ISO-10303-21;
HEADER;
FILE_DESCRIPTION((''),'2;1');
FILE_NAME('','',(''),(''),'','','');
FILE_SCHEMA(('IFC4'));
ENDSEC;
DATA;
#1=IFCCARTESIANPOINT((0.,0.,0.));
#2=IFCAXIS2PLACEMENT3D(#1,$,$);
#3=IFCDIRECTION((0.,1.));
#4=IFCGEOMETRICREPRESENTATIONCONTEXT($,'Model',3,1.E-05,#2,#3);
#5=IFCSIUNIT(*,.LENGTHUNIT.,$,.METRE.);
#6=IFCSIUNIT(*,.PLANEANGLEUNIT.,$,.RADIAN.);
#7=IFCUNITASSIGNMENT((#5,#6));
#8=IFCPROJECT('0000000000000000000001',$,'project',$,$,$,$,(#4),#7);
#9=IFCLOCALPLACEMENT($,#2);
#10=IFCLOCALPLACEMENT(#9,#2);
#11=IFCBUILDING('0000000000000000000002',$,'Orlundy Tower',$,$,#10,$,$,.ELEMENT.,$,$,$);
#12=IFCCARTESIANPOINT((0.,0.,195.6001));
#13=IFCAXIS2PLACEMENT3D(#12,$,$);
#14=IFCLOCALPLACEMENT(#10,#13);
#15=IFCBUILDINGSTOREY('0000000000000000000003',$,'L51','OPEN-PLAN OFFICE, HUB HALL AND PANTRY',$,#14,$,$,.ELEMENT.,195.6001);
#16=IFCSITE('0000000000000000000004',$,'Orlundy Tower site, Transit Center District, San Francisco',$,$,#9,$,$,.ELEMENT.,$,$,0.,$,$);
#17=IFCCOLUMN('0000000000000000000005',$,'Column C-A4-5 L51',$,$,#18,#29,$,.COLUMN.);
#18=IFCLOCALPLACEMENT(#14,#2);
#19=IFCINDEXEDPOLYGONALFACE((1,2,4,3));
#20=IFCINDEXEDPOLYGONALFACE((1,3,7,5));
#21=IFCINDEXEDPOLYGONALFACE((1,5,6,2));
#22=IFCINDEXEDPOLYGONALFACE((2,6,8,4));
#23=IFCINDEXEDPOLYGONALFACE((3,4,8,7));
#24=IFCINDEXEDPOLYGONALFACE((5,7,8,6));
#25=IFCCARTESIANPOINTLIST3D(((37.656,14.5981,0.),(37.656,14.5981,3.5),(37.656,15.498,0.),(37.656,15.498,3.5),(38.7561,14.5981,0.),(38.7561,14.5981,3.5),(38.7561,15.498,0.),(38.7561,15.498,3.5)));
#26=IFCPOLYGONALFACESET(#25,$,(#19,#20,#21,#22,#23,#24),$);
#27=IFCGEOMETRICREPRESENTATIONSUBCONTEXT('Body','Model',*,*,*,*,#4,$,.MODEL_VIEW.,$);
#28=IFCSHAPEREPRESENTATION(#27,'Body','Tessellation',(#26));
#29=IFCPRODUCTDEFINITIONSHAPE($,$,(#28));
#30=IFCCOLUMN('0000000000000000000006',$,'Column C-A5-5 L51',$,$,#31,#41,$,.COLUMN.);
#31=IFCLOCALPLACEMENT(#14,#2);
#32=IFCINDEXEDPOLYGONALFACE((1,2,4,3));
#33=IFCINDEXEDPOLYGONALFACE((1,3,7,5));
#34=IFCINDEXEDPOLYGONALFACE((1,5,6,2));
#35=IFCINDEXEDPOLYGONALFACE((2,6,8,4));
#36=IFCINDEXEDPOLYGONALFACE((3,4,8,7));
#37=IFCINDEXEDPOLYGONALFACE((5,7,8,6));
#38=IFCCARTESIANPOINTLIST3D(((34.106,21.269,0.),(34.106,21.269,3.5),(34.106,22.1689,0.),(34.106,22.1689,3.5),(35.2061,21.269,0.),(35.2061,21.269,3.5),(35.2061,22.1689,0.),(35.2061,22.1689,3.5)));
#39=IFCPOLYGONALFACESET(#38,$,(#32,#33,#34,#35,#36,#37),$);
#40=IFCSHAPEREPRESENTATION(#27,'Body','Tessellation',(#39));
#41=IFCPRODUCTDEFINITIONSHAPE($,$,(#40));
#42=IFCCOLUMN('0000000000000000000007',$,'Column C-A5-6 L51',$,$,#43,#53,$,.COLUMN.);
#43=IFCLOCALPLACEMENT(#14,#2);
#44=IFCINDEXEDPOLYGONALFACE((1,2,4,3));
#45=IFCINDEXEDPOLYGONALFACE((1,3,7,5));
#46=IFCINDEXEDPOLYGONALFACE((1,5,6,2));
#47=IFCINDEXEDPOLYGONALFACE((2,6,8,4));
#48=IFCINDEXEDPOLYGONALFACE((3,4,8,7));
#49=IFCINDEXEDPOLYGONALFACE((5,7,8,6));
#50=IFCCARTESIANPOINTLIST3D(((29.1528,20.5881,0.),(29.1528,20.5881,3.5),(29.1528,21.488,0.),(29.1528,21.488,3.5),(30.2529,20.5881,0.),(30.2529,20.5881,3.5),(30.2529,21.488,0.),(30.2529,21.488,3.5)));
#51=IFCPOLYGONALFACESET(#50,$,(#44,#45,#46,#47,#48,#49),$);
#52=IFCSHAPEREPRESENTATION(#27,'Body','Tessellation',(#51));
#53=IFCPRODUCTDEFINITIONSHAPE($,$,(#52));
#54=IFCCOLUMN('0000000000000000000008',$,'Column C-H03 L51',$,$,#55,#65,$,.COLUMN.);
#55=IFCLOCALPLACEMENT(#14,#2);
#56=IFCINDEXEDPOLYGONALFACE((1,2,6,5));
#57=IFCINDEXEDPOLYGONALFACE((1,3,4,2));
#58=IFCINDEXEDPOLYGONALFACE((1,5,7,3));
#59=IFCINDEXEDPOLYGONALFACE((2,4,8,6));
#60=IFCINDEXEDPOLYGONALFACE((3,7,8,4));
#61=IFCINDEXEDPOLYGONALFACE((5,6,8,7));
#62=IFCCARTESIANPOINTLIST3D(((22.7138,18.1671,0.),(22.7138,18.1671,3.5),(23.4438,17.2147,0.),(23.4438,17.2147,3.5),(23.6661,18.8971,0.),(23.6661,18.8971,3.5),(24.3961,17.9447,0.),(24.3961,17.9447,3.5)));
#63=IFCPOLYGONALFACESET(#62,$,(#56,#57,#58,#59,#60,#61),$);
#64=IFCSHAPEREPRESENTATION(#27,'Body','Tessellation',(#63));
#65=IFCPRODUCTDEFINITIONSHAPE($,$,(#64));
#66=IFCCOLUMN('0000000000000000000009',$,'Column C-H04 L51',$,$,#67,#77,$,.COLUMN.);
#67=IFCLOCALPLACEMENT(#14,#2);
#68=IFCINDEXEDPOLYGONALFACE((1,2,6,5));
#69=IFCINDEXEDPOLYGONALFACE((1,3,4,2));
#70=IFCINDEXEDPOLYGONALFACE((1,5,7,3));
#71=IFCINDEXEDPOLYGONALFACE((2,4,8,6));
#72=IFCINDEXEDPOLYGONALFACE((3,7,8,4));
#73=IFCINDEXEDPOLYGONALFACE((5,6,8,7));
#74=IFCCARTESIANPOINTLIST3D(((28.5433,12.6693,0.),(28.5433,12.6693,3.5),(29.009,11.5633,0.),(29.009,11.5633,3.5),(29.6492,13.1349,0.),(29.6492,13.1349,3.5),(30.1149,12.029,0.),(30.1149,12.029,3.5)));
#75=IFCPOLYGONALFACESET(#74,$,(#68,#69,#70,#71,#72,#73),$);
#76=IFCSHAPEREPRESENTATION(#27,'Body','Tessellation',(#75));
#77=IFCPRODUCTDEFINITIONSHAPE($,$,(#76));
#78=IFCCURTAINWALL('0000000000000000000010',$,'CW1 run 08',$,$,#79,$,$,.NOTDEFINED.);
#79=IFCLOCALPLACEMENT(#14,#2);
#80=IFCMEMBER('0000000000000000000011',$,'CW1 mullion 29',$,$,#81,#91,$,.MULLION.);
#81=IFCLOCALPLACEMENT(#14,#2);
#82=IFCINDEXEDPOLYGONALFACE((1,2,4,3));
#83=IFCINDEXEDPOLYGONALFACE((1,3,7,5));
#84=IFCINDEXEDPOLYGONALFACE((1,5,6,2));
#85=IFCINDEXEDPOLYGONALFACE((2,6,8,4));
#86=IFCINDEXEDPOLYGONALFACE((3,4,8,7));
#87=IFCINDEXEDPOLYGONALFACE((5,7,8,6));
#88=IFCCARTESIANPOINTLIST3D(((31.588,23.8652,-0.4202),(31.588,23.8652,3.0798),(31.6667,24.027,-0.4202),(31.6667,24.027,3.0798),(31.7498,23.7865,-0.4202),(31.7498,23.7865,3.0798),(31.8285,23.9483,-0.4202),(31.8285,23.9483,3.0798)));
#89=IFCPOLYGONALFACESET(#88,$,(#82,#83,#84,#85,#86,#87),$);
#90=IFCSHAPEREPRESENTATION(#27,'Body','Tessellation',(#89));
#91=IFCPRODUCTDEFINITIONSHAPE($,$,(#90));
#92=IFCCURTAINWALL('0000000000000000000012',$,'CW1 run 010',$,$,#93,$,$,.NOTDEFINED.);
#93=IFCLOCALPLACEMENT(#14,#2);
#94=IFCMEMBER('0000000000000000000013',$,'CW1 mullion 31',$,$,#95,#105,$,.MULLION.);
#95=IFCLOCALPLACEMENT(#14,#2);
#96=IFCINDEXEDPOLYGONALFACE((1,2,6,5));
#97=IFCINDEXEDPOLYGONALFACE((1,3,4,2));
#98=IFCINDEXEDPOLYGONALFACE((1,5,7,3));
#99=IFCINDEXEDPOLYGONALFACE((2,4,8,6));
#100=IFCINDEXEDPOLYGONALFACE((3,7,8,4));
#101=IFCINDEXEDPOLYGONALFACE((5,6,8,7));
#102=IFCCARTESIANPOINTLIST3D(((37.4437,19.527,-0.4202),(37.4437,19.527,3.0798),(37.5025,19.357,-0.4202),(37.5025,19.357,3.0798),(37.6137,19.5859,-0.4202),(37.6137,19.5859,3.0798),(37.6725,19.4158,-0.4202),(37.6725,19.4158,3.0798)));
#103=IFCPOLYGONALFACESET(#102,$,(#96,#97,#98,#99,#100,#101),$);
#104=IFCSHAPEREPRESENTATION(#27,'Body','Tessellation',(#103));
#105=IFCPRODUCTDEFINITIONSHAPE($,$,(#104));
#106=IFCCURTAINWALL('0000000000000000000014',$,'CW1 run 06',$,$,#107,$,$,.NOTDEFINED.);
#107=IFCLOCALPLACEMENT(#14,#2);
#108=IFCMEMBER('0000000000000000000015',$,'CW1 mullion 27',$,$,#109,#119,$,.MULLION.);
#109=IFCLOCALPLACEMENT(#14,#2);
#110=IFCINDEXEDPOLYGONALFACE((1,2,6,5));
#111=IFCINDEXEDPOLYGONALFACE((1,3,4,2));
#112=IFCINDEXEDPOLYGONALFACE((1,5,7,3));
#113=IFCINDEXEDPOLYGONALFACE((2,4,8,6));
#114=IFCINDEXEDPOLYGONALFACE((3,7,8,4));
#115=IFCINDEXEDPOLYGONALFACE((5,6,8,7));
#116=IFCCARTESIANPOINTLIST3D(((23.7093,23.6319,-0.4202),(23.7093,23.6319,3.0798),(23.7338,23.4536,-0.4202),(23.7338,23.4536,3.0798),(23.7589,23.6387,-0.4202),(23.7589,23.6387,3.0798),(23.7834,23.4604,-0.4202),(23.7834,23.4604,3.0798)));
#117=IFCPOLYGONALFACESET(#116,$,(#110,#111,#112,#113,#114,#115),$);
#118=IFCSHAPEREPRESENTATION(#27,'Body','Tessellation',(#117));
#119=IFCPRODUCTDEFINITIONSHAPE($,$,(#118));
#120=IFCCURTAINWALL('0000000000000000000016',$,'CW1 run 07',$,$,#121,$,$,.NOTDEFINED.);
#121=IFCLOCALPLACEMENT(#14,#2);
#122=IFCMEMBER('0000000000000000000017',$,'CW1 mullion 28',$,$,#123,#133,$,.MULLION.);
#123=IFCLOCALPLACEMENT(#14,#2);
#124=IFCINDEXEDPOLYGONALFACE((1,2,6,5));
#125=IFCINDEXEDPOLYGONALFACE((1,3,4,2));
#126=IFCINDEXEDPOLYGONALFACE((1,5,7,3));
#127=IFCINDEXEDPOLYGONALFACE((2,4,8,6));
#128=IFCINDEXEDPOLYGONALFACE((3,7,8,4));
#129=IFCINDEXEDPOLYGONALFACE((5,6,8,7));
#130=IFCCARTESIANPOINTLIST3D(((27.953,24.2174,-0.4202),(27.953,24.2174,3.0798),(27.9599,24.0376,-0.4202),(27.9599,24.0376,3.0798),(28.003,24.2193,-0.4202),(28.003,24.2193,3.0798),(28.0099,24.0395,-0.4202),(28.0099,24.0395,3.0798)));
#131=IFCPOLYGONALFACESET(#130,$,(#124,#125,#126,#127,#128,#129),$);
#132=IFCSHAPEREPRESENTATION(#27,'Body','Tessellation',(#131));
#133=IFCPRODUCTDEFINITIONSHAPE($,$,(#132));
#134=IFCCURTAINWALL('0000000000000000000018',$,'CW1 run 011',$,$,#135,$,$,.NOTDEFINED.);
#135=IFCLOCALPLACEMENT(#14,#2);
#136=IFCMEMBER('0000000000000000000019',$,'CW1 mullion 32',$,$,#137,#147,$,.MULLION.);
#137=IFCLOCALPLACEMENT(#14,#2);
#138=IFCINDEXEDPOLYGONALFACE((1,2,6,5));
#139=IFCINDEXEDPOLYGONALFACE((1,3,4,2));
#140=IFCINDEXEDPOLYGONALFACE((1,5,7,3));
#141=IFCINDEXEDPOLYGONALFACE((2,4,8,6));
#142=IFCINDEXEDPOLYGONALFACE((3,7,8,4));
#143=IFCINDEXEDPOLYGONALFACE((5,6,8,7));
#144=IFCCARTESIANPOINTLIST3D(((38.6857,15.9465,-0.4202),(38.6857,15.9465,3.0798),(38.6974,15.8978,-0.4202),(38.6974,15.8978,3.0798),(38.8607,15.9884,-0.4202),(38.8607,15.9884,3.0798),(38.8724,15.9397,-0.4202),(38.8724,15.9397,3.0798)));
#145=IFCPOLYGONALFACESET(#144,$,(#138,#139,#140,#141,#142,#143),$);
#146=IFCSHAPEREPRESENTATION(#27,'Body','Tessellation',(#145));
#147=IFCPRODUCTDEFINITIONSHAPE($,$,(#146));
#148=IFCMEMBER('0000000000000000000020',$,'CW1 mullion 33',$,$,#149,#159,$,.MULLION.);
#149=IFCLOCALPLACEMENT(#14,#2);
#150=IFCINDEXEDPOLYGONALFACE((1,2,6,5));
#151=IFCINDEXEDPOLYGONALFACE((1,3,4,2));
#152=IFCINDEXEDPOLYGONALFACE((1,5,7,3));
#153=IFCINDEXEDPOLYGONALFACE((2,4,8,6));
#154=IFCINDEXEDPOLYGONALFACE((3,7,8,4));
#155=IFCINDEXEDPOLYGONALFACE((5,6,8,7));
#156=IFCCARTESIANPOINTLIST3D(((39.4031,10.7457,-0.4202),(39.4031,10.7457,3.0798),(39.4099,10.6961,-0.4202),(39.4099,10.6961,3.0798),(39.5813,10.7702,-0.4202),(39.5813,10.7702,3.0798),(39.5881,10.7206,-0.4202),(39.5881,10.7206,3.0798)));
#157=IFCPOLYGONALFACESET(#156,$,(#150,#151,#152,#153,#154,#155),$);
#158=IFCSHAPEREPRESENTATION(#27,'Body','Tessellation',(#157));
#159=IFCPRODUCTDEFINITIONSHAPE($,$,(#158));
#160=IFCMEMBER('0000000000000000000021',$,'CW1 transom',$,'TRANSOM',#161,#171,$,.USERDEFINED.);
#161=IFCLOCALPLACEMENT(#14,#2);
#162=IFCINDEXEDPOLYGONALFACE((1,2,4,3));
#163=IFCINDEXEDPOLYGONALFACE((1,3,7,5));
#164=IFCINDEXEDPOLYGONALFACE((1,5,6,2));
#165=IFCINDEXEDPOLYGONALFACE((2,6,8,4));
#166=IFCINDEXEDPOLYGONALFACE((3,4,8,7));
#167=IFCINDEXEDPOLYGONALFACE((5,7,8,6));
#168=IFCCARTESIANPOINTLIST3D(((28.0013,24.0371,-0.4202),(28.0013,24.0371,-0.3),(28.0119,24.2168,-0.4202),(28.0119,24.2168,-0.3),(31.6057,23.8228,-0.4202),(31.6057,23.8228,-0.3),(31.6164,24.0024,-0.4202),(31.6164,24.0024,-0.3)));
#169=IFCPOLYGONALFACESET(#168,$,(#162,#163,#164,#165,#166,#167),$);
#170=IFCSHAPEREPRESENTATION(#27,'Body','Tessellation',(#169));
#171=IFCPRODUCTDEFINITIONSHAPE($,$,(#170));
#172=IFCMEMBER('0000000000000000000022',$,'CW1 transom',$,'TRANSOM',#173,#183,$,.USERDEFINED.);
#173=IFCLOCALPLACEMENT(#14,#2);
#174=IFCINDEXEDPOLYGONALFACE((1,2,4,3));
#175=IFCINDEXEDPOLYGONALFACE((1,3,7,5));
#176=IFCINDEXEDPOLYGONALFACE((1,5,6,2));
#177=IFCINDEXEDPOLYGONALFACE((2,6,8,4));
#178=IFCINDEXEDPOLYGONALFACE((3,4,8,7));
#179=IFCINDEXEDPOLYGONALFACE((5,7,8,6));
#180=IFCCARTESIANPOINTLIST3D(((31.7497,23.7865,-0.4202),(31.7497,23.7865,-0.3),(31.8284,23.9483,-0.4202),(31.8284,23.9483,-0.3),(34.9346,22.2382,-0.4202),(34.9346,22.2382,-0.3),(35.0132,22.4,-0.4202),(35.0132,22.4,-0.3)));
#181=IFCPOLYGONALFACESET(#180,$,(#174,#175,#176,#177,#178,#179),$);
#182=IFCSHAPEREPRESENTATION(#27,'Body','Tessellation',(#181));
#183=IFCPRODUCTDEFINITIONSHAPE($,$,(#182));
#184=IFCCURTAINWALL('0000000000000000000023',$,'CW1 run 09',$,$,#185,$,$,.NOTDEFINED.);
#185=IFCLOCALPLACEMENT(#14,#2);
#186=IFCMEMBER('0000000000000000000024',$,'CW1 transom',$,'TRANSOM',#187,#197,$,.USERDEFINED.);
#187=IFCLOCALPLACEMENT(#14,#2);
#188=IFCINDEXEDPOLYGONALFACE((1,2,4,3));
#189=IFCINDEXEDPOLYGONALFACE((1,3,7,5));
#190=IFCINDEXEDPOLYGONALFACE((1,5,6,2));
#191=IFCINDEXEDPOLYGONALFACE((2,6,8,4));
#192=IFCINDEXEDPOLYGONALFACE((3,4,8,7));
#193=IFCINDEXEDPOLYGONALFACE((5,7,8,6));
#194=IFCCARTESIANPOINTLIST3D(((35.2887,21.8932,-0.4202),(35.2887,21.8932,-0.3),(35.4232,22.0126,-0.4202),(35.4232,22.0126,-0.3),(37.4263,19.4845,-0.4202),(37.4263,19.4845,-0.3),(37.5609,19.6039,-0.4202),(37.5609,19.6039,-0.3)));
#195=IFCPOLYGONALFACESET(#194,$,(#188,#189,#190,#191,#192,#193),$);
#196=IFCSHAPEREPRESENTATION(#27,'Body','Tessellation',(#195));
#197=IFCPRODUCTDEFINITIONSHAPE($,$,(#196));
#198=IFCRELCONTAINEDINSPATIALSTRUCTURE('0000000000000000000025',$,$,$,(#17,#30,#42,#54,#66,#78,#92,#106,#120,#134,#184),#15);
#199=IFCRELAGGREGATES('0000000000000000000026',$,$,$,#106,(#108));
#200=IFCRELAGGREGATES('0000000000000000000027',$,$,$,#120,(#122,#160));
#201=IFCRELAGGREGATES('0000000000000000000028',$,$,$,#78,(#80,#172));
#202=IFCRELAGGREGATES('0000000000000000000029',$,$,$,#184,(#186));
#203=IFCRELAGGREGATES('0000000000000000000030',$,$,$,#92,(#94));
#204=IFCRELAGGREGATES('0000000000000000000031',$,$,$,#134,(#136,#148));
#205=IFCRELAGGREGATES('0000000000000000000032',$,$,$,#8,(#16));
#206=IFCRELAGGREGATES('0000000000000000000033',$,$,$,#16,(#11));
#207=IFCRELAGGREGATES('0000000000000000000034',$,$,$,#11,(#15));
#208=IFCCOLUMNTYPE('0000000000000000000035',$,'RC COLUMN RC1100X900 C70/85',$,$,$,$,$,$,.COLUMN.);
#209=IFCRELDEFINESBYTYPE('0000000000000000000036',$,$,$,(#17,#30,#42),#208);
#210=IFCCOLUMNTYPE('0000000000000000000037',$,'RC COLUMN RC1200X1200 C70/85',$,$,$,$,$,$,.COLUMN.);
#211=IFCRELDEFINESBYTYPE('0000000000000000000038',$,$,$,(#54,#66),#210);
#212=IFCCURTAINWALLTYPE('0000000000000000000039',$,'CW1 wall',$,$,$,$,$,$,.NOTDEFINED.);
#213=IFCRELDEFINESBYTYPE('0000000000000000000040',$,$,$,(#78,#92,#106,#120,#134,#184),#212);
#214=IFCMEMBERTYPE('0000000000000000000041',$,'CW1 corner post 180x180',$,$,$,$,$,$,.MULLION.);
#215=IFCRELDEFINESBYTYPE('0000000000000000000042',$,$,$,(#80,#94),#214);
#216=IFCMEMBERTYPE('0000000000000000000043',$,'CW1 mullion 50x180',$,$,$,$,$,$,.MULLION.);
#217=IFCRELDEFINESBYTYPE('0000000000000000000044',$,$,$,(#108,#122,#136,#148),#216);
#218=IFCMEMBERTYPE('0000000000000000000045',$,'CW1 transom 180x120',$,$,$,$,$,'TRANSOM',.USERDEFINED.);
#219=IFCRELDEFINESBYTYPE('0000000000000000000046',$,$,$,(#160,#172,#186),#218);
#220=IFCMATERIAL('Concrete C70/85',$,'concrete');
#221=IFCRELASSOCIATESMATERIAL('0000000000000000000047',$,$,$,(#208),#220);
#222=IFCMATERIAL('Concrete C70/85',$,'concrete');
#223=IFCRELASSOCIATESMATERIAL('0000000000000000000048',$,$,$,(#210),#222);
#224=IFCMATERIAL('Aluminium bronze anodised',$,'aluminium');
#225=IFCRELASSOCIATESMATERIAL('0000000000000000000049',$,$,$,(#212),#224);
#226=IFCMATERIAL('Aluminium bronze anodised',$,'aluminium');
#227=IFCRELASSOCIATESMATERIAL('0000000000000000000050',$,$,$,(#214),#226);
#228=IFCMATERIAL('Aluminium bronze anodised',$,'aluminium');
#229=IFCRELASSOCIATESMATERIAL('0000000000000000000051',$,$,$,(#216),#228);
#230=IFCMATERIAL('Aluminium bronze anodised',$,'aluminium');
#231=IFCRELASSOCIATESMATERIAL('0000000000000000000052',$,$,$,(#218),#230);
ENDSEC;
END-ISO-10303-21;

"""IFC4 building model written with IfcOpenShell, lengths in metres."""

from ifc_helpers import new_model, si_unit, direction, frame, origin, origin_2d, place, context, subcontext, project, spatial, rectangle, extrude, material, material_profile, profile_set, type_object, element, aggregate, save


model = new_model("IFC4")

# Units and contexts
model_context = context("Model", 3, precision=1e-05, world=origin(), true_north=direction((0.0, 1.0)))
body_context = subcontext(model_context, "Body", "Model", "MODEL_VIEW")
ifc_project = project(units=[si_unit("LENGTHUNIT", "METRE"), si_unit("PLANEANGLEUNIT", "RADIAN")], contexts=[model_context])

# Site, building, storey
site_placement = place(None, origin())
site = spatial("IfcSite", under=ifc_project, at=site_placement, Name="Orlundy Tower site, Transit Center District, San Francisco", CompositionType="ELEMENT", RefElevation=0.0)
building_placement = place(site_placement, origin())
building = spatial("IfcBuilding", under=site, at=building_placement, Name="Orlundy Tower", CompositionType="ELEMENT")
storey_placement = place(building_placement, frame((0.0, 0.0, 195.6001)))
storey = spatial("IfcBuildingStorey", under=building, at=storey_placement, Name="L51", Description="OPEN-PLAN OFFICE, HUB HALL AND PANTRY", CompositionType="ELEMENT", Elevation=195.6001)

# Columns
ifc_material_1 = material(Name="Concrete C70/85", Category="concrete")
ifc_material_profile_1 = material_profile(ifc_material_1, rectangle(XDim=1.1001, YDim=0.8999, at=origin_2d()), Name="RC1100X900")
ifc_profile_set_1 = profile_set([ifc_material_profile_1], Name="Concrete C70/85")
column_type_1 = type_object("IfcColumnType", Name="RC COLUMN RC1100X900 C70/85", PredefinedType="COLUMN", material=ifc_profile_set_1)
for number, where, z_axis, x_axis, name in (
    (1, (38.2061, 15.0481, 0.0), (0.0, 0.0, 1.0), (1.0, 0.0, 0.0), "Column C-A4-5 L51"),
    (2, (34.656, 21.719, 0.0), (0.0, 0.0, 1.0), (1.0, 0.0, 0.0), "Column C-A5-5 L51"),
    (3, (29.7029, 21.0381, 0.0), (0.0, 0.0, 1.0), (1.0, 0.0, 0.0), "Column C-A5-6 L51"),
):
    element("IfcColumn", number, at=place(storey_placement, frame(where, z_axis=z_axis, x_axis=x_axis)), inside=storey, type_object=column_type_1, Name=name, PredefinedType="COLUMN", context=body_context, shape_type="SweptSolid", body=[
        extrude(rectangle(XDim=1.1001, YDim=0.8999, at=origin_2d()), origin(), (0.0, 0.0, 1.0), 3.5),
    ])
ifc_material_2 = material(Name="Concrete C70/85", Category="concrete")
ifc_material_profile_2 = material_profile(ifc_material_2, rectangle(XDim=1.2, YDim=1.2, at=origin_2d()), Name="RC1200X1200")
ifc_profile_set_2 = profile_set([ifc_material_profile_2], Name="Concrete C70/85")
column_type_2 = type_object("IfcColumnType", Name="RC COLUMN RC1200X1200 C70/85", PredefinedType="COLUMN", material=ifc_profile_set_2)
for number, where, z_axis, x_axis, name in (
    (4, (23.5549, 18.0559, 0.0), (0.0, 0.0, 1.0), (0.793651, 0.608374, 0.0), "Column C-H03 L51"),
    (5, (29.3291, 12.3491, 0.0), (0.0, 0.0, 1.0), (0.921633, 0.388063, 0.0), "Column C-H04 L51"),
):
    element("IfcColumn", number, at=place(storey_placement, frame(where, z_axis=z_axis, x_axis=x_axis)), inside=storey, type_object=column_type_2, Name=name, PredefinedType="COLUMN", context=body_context, shape_type="SweptSolid", body=[
        extrude(rectangle(XDim=1.2, YDim=1.2, at=origin_2d()), origin(), (0.0, 0.0, 1.0), 3.5),
    ])

# Curtain walls, members
ifc_material_3 = material(Name="Aluminium bronze anodised", Category="aluminium")
curtain_wall_type = type_object("IfcCurtainWallType", Name="CW1 wall", PredefinedType="NOTDEFINED", material=ifc_material_3)
curtain_wall_1_placement = place(storey_placement, origin())
curtain_wall_1 = element("IfcCurtainWall", 6, at=curtain_wall_1_placement, inside=storey, type_object=curtain_wall_type, Name="CW1 run 08", PredefinedType="NOTDEFINED")
ifc_material_4 = material(Name="Aluminium bronze anodised", Category="aluminium")
ifc_material_profile_3 = material_profile(ifc_material_4, rectangle(XDim=0.1799, YDim=0.1799, at=origin_2d()), Name="CW1 corner post 180x180")
ifc_profile_set_3 = profile_set([ifc_material_profile_3], Name="Aluminium bronze anodised")
member_type_1 = type_object("IfcMemberType", Name="CW1 corner post 180x180", PredefinedType="MULLION", material=ifc_profile_set_3)
member_1_placement = place(storey_placement, frame((31.7083, 23.9067, -0.4202), z_axis=(0.0, 0.0, 1.0), x_axis=(0.437259, 0.899335, 0.0)))
member_1 = element("IfcMember", 7, at=member_1_placement, type_object=member_type_1, Name="CW1 mullion 29", PredefinedType="MULLION", context=body_context, shape_type="SweptSolid", body=[
    extrude(rectangle(XDim=0.1799, YDim=0.1799, at=origin_2d()), origin(), (0.0, 0.0, 1.0), 3.5),
])
curtain_wall_2_placement = place(storey_placement, origin())
curtain_wall_2 = element("IfcCurtainWall", 8, at=curtain_wall_2_placement, inside=storey, type_object=curtain_wall_type, Name="CW1 run 010", PredefinedType="NOTDEFINED")
member_2_placement = place(storey_placement, frame((37.5581, 19.4714, -0.4202), z_axis=(0.0, 0.0, 1.0), x_axis=(0.945034, 0.326972, 0.0)))
member_2 = element("IfcMember", 9, at=member_2_placement, type_object=member_type_1, Name="CW1 mullion 31", PredefinedType="MULLION", context=body_context, shape_type="SweptSolid", body=[
    extrude(rectangle(XDim=0.1799, YDim=0.1799, at=origin_2d()), origin(), (0.0, 0.0, 1.0), 3.5),
])
curtain_wall_3_placement = place(storey_placement, origin())
curtain_wall_3 = element("IfcCurtainWall", 10, at=curtain_wall_3_placement, inside=storey, type_object=curtain_wall_type, Name="CW1 run 06", PredefinedType="NOTDEFINED")
ifc_material_5 = material(Name="Aluminium bronze anodised", Category="aluminium")
ifc_material_profile_4 = material_profile(ifc_material_5, rectangle(XDim=0.1799, YDim=0.05, at=origin_2d()), Name="CW1 mullion 50x180")
ifc_profile_set_4 = profile_set([ifc_material_profile_4], Name="Aluminium bronze anodised")
member_type_2 = type_object("IfcMemberType", Name="CW1 mullion 50x180", PredefinedType="MULLION", material=ifc_profile_set_4)
member_3_placement = place(storey_placement, frame((23.7463, 23.5461, -0.4202), z_axis=(0.0, 0.0, 1.0), x_axis=(-0.136185, 0.990683, 0.0)))
member_3 = element("IfcMember", 11, at=member_3_placement, type_object=member_type_2, Name="CW1 mullion 27", PredefinedType="MULLION", context=body_context, shape_type="SweptSolid", body=[
    extrude(rectangle(XDim=0.1799, YDim=0.05, at=origin_2d()), origin(), (0.0, 0.0, 1.0), 3.5),
])
curtain_wall_4_placement = place(storey_placement, origin())
curtain_wall_4 = element("IfcCurtainWall", 12, at=curtain_wall_4_placement, inside=storey, type_object=curtain_wall_type, Name="CW1 run 07", PredefinedType="NOTDEFINED")
member_4_placement = place(storey_placement, frame((27.9814, 24.1284, -0.4202), z_axis=(0.0, 0.0, 1.0), x_axis=(-0.038601, 0.999255, 0.0)))
member_4 = element("IfcMember", 13, at=member_4_placement, type_object=member_type_2, Name="CW1 mullion 28", PredefinedType="MULLION", context=body_context, shape_type="SweptSolid", body=[
    extrude(rectangle(XDim=0.1799, YDim=0.05, at=origin_2d()), origin(), (0.0, 0.0, 1.0), 3.5),
])

# Curtain wall, members
curtain_wall_5_placement = place(storey_placement, origin())
curtain_wall_5 = element("IfcCurtainWall", 14, at=curtain_wall_5_placement, inside=storey, type_object=curtain_wall_type, Name="CW1 run 011", PredefinedType="NOTDEFINED")
member_5_placement = place(storey_placement, frame((38.7791, 15.9431, -0.4202), z_axis=(0.0, 0.0, 1.0), x_axis=(0.972537, 0.23275, 0.0)))
member_5 = element("IfcMember", 15, at=member_5_placement, type_object=member_type_2, Name="CW1 mullion 32", PredefinedType="MULLION", context=body_context, shape_type="SweptSolid", body=[
    extrude(rectangle(XDim=0.1799, YDim=0.05, at=origin_2d()), origin(), (0.0, 0.0, 1.0), 3.5),
])
member_6_placement = place(storey_placement, frame((39.4956, 10.7332, -0.4202), z_axis=(0.0, 0.0, 1.0), x_axis=(0.99067, 0.136286, 0.0)))
member_6 = element("IfcMember", 16, at=member_6_placement, type_object=member_type_2, Name="CW1 mullion 33", PredefinedType="MULLION", context=body_context, shape_type="SweptSolid", body=[
    extrude(rectangle(XDim=0.1799, YDim=0.05, at=origin_2d()), origin(), (0.0, 0.0, 1.0), 3.5),
])

# Members
ifc_material_6 = material(Name="Aluminium bronze anodised", Category="aluminium")
ifc_material_profile_5 = material_profile(ifc_material_6, rectangle(XDim=0.1799, YDim=0.1201, at=origin_2d()), Name="CW1 transom 180x120")
ifc_profile_set_5 = profile_set([ifc_material_profile_5], Name="Aluminium bronze anodised")
member_type_3 = type_object("IfcMemberType", Name="CW1 transom 180x120", ElementType="TRANSOM", PredefinedType="USERDEFINED", material=ifc_profile_set_5)
member_7_placement = place(storey_placement, frame((28.0066, 24.127, -0.3601), z_axis=(0.998236, -0.059364, 0.0), x_axis=(0.059364, 0.998236, 0.0)))
member_7 = element("IfcMember", 17, at=member_7_placement, type_object=member_type_3, Name="CW1 transom", ObjectType="TRANSOM", PredefinedType="USERDEFINED", context=body_context, shape_type="SweptSolid", body=[
    extrude(rectangle(XDim=0.1799, YDim=0.1201, at=origin_2d()), origin(), (0.0, 0.0, 1.0), 3.6108),
])
member_8_placement = place(storey_placement, frame((31.7891, 23.8674, -0.3601), z_axis=(0.899349, -0.437231, 0.0), x_axis=(0.437231, 0.899349, 0.0)))
member_8 = element("IfcMember", 18, at=member_8_placement, type_object=member_type_3, Name="CW1 transom", ObjectType="TRANSOM", PredefinedType="USERDEFINED", context=body_context, shape_type="SweptSolid", body=[
    extrude(rectangle(XDim=0.1799, YDim=0.1201, at=origin_2d()), origin(), (0.0, 0.0, 1.0), 3.5413),
])

# Curtain wall, member
curtain_wall_6_placement = place(storey_placement, origin())
curtain_wall_6 = element("IfcCurtainWall", 19, at=curtain_wall_6_placement, inside=storey, type_object=curtain_wall_type, Name="CW1 run 09", PredefinedType="NOTDEFINED")
member_9_placement = place(storey_placement, frame((35.356, 21.9529, -0.3601), z_axis=(0.66378, -0.747928, 0.0), x_axis=(0.747928, 0.66378, 0.0)))
member_9 = element("IfcMember", 20, at=member_9_placement, type_object=member_type_3, Name="CW1 transom", ObjectType="TRANSOM", PredefinedType="USERDEFINED", context=body_context, shape_type="SweptSolid", body=[
    extrude(rectangle(XDim=0.1799, YDim=0.1201, at=origin_2d()), origin(), (0.0, 0.0, 1.0), 3.2205),
])

aggregate(curtain_wall_3, [member_3])
aggregate(curtain_wall_4, [member_4, member_7])
aggregate(curtain_wall_1, [member_1, member_8])
aggregate(curtain_wall_6, [member_9])
aggregate(curtain_wall_2, [member_2])
aggregate(curtain_wall_5, [member_5, member_6])

save(model, "model.ifc")
